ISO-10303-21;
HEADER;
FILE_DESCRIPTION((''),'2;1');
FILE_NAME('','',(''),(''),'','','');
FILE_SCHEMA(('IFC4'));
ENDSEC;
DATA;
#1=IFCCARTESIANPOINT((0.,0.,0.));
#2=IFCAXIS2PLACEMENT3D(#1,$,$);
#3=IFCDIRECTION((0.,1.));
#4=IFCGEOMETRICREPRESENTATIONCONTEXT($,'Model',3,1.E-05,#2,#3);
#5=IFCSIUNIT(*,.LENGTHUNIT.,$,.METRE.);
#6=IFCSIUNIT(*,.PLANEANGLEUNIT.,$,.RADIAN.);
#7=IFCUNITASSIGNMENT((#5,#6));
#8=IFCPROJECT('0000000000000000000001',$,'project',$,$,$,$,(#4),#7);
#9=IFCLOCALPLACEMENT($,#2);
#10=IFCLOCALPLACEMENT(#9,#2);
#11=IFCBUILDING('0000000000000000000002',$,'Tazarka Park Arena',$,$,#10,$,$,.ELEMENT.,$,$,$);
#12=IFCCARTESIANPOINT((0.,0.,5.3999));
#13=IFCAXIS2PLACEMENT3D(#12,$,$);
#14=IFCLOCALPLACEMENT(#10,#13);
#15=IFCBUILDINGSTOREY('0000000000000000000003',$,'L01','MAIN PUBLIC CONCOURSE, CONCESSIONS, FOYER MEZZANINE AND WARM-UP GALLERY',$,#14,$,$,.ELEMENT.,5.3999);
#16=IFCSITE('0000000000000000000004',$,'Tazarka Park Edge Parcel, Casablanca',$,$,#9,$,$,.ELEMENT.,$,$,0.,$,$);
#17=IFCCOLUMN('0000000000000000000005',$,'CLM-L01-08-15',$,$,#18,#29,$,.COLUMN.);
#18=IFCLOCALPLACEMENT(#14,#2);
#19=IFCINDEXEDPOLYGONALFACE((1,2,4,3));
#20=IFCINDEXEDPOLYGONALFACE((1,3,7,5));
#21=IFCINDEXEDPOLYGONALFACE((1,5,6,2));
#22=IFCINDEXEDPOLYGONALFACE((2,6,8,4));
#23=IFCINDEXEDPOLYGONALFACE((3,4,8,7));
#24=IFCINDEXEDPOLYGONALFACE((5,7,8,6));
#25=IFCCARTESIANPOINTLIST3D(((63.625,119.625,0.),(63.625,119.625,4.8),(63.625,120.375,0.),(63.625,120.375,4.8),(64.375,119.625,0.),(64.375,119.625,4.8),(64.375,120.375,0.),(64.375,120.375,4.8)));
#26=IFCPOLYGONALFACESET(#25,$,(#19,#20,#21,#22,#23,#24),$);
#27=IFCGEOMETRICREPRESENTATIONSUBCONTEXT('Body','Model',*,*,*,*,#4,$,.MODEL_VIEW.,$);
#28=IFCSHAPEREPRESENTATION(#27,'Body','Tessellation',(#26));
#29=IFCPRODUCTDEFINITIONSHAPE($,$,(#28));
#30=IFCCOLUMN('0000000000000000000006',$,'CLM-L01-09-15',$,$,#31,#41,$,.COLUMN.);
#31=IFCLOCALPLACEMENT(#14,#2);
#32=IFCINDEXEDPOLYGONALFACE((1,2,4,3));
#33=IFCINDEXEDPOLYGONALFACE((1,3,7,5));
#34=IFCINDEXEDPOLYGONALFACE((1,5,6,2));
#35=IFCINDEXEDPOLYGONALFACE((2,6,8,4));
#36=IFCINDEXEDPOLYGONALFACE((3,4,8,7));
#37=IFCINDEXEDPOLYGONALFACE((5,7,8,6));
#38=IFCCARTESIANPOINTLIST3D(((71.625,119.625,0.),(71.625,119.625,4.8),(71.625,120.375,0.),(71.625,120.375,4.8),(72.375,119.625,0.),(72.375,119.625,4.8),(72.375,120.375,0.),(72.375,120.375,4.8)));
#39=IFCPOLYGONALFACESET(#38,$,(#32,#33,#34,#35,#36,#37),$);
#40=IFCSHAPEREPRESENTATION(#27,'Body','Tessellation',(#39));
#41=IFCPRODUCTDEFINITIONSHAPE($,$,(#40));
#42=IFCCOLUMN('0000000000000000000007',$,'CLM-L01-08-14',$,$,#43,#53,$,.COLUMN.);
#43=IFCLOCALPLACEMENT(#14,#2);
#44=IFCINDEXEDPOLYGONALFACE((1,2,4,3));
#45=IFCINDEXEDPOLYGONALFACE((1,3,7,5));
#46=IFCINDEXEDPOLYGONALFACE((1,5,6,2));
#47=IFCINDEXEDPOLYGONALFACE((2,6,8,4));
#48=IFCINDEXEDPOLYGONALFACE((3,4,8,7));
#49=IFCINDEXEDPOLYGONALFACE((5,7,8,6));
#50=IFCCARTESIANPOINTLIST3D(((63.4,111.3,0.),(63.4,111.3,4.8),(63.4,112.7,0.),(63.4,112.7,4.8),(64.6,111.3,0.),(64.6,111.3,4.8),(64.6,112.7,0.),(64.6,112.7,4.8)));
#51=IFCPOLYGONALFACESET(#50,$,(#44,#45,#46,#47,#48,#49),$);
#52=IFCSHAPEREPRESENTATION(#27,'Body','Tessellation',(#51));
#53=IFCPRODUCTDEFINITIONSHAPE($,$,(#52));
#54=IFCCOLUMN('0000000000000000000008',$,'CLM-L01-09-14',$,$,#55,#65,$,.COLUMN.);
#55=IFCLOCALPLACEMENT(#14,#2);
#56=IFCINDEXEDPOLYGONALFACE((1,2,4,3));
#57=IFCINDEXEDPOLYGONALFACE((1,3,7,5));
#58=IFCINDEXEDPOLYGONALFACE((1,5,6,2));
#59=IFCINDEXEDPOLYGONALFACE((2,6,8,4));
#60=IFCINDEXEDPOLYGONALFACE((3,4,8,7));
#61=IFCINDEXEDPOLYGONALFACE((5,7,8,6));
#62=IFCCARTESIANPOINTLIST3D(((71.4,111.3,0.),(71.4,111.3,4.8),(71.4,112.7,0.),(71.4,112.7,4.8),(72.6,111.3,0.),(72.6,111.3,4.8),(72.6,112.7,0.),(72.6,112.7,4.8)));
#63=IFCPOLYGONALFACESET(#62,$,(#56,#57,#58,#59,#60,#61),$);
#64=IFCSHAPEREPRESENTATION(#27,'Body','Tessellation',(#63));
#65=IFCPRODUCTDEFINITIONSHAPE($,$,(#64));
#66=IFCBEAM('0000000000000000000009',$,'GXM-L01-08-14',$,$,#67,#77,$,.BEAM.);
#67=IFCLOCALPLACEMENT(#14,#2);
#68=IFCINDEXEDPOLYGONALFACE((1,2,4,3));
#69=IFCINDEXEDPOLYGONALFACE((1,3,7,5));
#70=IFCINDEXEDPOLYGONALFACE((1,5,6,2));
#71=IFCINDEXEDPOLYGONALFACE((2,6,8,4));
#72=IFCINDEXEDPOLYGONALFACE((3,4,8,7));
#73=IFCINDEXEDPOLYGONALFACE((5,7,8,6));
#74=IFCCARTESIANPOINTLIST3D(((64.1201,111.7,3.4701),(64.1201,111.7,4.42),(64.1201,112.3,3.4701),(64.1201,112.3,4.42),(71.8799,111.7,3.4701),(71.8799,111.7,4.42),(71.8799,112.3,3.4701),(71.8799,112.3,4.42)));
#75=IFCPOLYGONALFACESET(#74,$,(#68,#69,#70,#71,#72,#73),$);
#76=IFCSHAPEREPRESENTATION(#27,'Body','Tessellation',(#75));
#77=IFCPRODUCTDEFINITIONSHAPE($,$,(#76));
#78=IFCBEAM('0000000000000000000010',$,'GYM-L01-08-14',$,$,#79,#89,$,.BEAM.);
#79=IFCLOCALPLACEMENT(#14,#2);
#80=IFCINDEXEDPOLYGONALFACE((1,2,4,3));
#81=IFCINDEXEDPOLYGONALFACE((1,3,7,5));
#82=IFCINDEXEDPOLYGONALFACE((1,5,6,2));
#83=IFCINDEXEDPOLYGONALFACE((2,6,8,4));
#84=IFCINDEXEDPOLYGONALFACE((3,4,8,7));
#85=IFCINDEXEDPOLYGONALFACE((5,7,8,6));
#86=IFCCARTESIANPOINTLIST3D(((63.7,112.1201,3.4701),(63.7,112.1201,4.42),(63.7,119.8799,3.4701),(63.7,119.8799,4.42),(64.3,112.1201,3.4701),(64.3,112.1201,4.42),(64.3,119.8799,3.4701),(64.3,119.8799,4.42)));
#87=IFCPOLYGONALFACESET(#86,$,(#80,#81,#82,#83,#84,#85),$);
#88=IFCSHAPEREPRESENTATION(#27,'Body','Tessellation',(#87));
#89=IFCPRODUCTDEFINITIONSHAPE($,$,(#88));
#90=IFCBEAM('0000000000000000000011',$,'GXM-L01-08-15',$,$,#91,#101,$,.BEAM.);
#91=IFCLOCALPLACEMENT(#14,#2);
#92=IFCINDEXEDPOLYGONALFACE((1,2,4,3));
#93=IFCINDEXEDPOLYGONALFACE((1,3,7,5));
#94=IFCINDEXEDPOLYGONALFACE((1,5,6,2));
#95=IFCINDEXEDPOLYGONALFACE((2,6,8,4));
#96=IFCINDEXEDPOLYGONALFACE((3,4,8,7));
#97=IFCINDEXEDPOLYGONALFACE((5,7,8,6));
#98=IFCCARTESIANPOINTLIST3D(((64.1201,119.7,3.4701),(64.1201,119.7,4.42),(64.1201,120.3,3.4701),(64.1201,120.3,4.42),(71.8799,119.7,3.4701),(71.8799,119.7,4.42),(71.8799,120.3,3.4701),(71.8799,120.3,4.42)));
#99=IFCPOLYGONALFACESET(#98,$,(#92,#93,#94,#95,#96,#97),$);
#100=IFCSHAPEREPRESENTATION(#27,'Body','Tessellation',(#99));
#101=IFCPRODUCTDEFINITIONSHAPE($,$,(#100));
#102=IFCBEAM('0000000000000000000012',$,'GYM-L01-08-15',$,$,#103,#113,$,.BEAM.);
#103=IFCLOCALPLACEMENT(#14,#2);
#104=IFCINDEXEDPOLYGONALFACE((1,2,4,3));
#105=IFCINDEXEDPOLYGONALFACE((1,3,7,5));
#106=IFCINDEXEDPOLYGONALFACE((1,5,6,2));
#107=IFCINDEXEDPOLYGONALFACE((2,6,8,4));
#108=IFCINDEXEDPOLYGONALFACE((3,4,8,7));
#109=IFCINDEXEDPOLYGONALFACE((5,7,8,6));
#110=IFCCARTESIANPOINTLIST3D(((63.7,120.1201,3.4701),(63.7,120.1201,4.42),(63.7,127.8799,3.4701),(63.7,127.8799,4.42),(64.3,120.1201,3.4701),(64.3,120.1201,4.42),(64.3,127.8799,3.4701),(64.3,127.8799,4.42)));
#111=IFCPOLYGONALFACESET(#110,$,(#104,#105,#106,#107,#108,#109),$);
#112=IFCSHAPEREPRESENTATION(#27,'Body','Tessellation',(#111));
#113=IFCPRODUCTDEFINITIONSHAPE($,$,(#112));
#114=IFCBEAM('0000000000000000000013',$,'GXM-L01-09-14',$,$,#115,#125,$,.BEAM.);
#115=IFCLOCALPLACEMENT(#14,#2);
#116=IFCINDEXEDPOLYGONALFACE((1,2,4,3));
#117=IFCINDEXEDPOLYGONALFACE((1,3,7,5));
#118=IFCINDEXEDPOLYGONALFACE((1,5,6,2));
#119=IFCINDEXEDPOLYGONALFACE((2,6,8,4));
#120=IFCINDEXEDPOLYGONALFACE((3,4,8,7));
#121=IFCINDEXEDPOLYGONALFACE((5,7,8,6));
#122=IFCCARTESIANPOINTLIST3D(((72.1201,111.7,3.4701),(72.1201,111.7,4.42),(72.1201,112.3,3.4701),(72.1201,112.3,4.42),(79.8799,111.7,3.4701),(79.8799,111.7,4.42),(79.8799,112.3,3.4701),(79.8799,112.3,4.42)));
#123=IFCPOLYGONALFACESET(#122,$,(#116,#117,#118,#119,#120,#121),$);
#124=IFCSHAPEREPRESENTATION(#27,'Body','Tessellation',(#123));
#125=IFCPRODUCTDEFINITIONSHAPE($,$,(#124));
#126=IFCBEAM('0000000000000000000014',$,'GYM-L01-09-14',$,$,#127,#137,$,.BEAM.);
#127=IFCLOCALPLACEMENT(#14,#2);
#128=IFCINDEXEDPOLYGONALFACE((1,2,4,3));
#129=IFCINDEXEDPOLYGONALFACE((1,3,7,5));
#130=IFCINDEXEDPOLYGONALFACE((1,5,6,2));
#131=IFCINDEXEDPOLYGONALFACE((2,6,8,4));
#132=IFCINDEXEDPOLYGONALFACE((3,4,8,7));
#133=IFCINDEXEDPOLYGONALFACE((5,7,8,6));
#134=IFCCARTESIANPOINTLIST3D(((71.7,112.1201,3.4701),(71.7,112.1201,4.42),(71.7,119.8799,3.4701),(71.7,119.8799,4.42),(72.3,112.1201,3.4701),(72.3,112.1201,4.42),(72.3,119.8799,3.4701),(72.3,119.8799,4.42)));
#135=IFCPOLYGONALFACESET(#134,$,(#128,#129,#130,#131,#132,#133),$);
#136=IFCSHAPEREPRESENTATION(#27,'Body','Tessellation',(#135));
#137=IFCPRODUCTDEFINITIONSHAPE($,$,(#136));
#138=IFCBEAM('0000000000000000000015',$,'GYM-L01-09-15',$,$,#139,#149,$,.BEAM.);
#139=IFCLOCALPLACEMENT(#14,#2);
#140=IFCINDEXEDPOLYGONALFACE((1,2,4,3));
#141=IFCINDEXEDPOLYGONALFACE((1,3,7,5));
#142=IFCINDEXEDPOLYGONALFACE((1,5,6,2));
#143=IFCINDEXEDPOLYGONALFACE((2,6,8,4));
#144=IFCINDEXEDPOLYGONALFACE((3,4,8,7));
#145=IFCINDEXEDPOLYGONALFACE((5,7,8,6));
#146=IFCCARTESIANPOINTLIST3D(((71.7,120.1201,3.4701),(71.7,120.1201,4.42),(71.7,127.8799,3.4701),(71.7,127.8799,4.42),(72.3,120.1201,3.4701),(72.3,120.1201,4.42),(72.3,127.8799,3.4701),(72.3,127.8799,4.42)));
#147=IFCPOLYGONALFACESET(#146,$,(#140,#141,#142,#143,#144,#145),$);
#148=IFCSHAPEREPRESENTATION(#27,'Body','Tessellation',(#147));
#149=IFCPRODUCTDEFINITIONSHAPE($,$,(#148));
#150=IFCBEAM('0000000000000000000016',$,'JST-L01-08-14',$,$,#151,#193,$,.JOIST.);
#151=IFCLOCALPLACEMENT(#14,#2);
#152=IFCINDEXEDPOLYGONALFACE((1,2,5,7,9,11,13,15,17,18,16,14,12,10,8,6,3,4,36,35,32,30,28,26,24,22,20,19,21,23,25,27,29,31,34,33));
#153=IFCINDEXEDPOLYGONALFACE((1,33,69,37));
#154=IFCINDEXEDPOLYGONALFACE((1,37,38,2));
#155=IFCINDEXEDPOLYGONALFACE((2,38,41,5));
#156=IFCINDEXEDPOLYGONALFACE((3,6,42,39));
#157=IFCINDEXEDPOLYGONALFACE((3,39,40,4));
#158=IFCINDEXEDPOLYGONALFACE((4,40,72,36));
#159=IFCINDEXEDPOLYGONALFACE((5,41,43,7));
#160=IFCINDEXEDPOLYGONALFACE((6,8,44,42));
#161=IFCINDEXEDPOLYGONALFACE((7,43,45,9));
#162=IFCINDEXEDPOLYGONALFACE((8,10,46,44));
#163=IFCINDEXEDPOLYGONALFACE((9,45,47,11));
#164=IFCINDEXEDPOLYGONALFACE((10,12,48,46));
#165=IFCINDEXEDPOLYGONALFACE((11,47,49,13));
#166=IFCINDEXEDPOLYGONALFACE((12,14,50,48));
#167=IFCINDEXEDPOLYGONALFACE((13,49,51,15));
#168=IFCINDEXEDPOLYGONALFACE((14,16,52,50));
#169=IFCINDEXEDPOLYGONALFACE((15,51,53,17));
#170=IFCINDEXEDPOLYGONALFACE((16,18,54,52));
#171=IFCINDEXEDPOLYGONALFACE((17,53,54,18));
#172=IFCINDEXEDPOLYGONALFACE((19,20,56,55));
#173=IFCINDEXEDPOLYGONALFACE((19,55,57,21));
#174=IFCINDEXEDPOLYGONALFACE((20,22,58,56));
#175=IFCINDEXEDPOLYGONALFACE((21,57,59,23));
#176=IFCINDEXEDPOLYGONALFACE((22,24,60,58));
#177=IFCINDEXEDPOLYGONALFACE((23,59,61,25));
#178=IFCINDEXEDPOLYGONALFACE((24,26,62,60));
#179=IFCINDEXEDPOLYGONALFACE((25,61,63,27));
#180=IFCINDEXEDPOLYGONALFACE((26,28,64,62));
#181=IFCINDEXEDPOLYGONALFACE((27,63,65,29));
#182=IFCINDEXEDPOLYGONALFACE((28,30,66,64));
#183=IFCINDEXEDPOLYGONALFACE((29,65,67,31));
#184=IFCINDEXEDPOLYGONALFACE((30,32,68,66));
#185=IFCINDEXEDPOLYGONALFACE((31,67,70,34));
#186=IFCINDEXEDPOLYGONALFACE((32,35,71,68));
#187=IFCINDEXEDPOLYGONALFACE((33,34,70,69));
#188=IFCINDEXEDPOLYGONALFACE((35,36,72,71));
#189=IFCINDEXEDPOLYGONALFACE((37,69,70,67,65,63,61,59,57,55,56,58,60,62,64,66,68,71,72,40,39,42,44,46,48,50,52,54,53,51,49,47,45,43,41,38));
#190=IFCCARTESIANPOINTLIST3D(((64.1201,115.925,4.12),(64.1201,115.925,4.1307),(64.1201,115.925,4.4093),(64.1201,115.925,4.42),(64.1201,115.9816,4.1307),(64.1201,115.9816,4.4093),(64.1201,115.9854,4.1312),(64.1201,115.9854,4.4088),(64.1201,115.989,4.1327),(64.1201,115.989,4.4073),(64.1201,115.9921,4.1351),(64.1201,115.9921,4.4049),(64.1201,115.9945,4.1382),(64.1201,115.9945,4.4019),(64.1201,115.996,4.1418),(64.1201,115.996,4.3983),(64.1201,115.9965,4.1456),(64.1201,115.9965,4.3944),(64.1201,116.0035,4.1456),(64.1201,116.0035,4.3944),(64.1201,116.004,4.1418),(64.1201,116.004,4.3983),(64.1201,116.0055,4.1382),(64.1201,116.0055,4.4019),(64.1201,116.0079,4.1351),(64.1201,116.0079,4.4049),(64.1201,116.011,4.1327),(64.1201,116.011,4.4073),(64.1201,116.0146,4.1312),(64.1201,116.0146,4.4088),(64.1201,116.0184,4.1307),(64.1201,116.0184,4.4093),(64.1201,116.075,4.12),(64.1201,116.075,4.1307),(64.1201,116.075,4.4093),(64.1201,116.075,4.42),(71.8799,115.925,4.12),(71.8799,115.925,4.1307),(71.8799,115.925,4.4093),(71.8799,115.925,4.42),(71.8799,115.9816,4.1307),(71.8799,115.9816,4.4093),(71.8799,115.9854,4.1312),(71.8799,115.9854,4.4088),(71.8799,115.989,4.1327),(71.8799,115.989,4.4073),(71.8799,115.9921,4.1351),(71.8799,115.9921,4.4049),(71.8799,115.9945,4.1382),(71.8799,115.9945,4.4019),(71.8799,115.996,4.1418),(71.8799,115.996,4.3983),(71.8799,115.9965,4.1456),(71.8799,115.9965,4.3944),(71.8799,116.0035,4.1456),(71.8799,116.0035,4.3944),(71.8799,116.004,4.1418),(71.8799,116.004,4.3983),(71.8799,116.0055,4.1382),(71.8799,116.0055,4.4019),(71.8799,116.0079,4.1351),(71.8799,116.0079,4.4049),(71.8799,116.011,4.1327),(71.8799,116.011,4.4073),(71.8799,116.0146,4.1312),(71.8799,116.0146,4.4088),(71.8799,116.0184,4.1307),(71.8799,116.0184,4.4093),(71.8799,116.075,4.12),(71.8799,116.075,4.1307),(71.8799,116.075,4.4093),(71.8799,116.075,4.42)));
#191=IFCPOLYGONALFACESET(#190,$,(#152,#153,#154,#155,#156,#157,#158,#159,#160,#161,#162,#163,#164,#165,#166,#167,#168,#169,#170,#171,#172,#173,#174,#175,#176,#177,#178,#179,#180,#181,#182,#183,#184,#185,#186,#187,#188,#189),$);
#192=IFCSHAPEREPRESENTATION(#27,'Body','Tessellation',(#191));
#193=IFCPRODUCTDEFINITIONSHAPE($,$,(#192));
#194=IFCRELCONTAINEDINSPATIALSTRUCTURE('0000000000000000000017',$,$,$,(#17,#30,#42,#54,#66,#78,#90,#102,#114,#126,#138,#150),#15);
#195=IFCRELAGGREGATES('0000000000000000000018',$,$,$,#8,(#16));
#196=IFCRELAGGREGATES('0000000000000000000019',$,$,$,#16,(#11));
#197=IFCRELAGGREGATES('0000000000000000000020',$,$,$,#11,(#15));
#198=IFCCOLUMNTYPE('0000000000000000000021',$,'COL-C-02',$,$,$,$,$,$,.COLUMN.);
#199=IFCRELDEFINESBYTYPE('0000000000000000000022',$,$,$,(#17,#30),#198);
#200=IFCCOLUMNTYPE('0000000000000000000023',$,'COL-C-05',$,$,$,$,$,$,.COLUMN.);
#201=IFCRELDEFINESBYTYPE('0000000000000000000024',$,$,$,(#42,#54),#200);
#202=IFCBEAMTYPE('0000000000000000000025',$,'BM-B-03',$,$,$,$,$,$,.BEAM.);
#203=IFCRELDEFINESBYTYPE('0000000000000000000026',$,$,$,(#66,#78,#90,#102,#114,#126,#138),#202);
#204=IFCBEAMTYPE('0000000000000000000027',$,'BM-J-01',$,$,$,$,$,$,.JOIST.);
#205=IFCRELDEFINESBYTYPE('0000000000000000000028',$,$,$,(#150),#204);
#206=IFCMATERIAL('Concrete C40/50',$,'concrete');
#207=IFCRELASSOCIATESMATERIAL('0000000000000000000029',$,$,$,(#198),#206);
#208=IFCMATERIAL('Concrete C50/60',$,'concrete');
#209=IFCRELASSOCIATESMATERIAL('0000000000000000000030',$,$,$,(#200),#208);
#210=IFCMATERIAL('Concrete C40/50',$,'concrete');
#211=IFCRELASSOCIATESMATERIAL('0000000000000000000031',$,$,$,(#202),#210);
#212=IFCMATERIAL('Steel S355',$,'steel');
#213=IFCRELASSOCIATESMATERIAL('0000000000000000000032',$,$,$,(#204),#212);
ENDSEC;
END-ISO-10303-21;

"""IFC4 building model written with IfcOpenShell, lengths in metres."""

from ifc_helpers import new_model, si_unit, direction, frame, origin, origin_2d, place, context, subcontext, project, spatial, rectangle, i_section, extrude, material, material_profile, profile_set, type_object, element, save


model = new_model("IFC4")

# Units and contexts
model_context = context("Model", 3, precision=1e-05, world=origin(), true_north=direction((0.0, 1.0)))
body_context = subcontext(model_context, "Body", "Model", "MODEL_VIEW")
ifc_project = project(units=[si_unit("LENGTHUNIT", "METRE"), si_unit("PLANEANGLEUNIT", "RADIAN")], contexts=[model_context])

# Site, building, storey
site_placement = place(None, origin())
site = spatial("IfcSite", under=ifc_project, at=site_placement, Name="Tazarka Park Edge Parcel, Casablanca", CompositionType="ELEMENT", RefElevation=0.0)
building_placement = place(site_placement, origin())
building = spatial("IfcBuilding", under=site, at=building_placement, Name="Tazarka Park Arena", CompositionType="ELEMENT")
storey_placement = place(building_placement, frame((0.0, 0.0, 5.3999)))
storey = spatial("IfcBuildingStorey", under=building, at=storey_placement, Name="L01", Description="MAIN PUBLIC CONCOURSE, CONCESSIONS, FOYER MEZZANINE AND WARM-UP GALLERY", CompositionType="ELEMENT", Elevation=5.3999)

# Columns
ifc_material_1 = material(Name="Concrete C40/50", Category="concrete")
ifc_material_profile_1 = material_profile(ifc_material_1, rectangle(XDim=0.75, YDim=0.75, at=origin_2d()), Name="Concrete C40/50")
ifc_profile_set_1 = profile_set([ifc_material_profile_1], Name="Concrete C40/50")
column_type_1 = type_object("IfcColumnType", Name="COL-C-02", PredefinedType="COLUMN", material=ifc_profile_set_1)
for number, where, z_axis, x_axis, name in (
    (1, (64.0, 120.0, 0.0), (0.0, 0.0, 1.0), (1.0, 0.0, 0.0), "CLM-L01-08-15"),
    (2, (72.0, 120.0, 0.0), (0.0, 0.0, 1.0), (1.0, 0.0, 0.0), "CLM-L01-09-15"),
):
    element("IfcColumn", number, at=place(storey_placement, frame(where, z_axis=z_axis, x_axis=x_axis)), inside=storey, type_object=column_type_1, Name=name, PredefinedType="COLUMN", context=body_context, shape_type="SweptSolid", body=[
        extrude(rectangle(XDim=0.75, YDim=0.75, at=origin_2d()), origin(), (0.0, 0.0, 1.0), 4.8),
    ])
ifc_material_2 = material(Name="Concrete C50/60", Category="concrete")
ifc_material_profile_2 = material_profile(ifc_material_2, rectangle(XDim=1.2, YDim=1.3999, at=origin_2d()), Name="Concrete C50/60")
ifc_profile_set_2 = profile_set([ifc_material_profile_2], Name="Concrete C50/60")
column_type_2 = type_object("IfcColumnType", Name="COL-C-05", PredefinedType="COLUMN", material=ifc_profile_set_2)
for number, where, z_axis, x_axis, name in (
    (3, (64.0, 112.0, 0.0), (0.0, 0.0, 1.0), (1.0, 0.0, 0.0), "CLM-L01-08-14"),
    (4, (72.0, 112.0, 0.0), (0.0, 0.0, 1.0), (1.0, 0.0, 0.0), "CLM-L01-09-14"),
):
    element("IfcColumn", number, at=place(storey_placement, frame(where, z_axis=z_axis, x_axis=x_axis)), inside=storey, type_object=column_type_2, Name=name, PredefinedType="COLUMN", context=body_context, shape_type="SweptSolid", body=[
        extrude(rectangle(XDim=1.2, YDim=1.3999, at=origin_2d()), origin(), (0.0, 0.0, 1.0), 4.8),
    ])

# Beams
ifc_material_3 = material(Name="Concrete C40/50", Category="concrete")
ifc_material_profile_3 = material_profile(ifc_material_3, rectangle(XDim=0.6001, YDim=0.95, at=origin_2d()), Name="Concrete C40/50")
ifc_profile_set_3 = profile_set([ifc_material_profile_3], Name="Concrete C40/50")
beam_type_1 = type_object("IfcBeamType", Name="BM-B-03", PredefinedType="BEAM", material=ifc_profile_set_3)
for number, where, z_axis, x_axis, name in (
    (5, (64.1201, 112.0, 3.9451), (1.0, 0.0, 0.0), (0.0, 1.0, 0.0), "GXM-L01-08-14"),
    (6, (64.0, 112.1201, 3.9451), (0.0, 1.0, 0.0), (-1.0, 0.0, 0.0), "GYM-L01-08-14"),
    (7, (64.1201, 120.0, 3.9451), (1.0, 0.0, 0.0), (0.0, 1.0, 0.0), "GXM-L01-08-15"),
    (8, (64.0, 120.1201, 3.9451), (0.0, 1.0, 0.0), (-1.0, 0.0, 0.0), "GYM-L01-08-15"),
    (9, (72.1201, 112.0, 3.9451), (1.0, 0.0, 0.0), (0.0, 1.0, 0.0), "GXM-L01-09-14"),
    (10, (72.0, 112.1201, 3.9451), (0.0, 1.0, 0.0), (-1.0, 0.0, 0.0), "GYM-L01-09-14"),
    (11, (72.0, 120.1201, 3.9451), (0.0, 1.0, 0.0), (-1.0, 0.0, 0.0), "GYM-L01-09-15"),
):
    element("IfcBeam", number, at=place(storey_placement, frame(where, z_axis=z_axis, x_axis=x_axis)), inside=storey, type_object=beam_type_1, Name=name, PredefinedType="BEAM", context=body_context, shape_type="SweptSolid", body=[
        extrude(rectangle(XDim=0.6001, YDim=0.95, at=origin_2d()), origin(), (0.0, 0.0, 1.0), 7.7598),
    ])
ifc_material_4 = material(Name="Steel S355", Category="steel")
ifc_material_profile_4 = material_profile(ifc_material_4, i_section(OverallWidth=0.1499, OverallDepth=0.3, WebThickness=0.0071, FlangeThickness=0.0107, FilletRadius=0.0149, at=origin_2d()), Name="Steel S355")
ifc_profile_set_4 = profile_set([ifc_material_profile_4], Name="Steel S355")
beam_type_2 = type_object("IfcBeamType", Name="BM-J-01", PredefinedType="JOIST", material=ifc_profile_set_4)
beam_1_placement = place(storey_placement, frame((64.1201, 116.0, 4.27), z_axis=(1.0, 0.0, 0.0), x_axis=(0.0, 1.0, 0.0)))
element("IfcBeam", 12, at=beam_1_placement, inside=storey, type_object=beam_type_2, Name="JST-L01-08-14", PredefinedType="JOIST", context=body_context, shape_type="SweptSolid", body=[
    extrude(i_section(OverallWidth=0.1499, OverallDepth=0.3, WebThickness=0.0071, FlangeThickness=0.0107, FilletRadius=0.0149, at=origin_2d()), origin(), (0.0, 0.0, 1.0), 7.7598),
])

save(model, "model.ifc")
